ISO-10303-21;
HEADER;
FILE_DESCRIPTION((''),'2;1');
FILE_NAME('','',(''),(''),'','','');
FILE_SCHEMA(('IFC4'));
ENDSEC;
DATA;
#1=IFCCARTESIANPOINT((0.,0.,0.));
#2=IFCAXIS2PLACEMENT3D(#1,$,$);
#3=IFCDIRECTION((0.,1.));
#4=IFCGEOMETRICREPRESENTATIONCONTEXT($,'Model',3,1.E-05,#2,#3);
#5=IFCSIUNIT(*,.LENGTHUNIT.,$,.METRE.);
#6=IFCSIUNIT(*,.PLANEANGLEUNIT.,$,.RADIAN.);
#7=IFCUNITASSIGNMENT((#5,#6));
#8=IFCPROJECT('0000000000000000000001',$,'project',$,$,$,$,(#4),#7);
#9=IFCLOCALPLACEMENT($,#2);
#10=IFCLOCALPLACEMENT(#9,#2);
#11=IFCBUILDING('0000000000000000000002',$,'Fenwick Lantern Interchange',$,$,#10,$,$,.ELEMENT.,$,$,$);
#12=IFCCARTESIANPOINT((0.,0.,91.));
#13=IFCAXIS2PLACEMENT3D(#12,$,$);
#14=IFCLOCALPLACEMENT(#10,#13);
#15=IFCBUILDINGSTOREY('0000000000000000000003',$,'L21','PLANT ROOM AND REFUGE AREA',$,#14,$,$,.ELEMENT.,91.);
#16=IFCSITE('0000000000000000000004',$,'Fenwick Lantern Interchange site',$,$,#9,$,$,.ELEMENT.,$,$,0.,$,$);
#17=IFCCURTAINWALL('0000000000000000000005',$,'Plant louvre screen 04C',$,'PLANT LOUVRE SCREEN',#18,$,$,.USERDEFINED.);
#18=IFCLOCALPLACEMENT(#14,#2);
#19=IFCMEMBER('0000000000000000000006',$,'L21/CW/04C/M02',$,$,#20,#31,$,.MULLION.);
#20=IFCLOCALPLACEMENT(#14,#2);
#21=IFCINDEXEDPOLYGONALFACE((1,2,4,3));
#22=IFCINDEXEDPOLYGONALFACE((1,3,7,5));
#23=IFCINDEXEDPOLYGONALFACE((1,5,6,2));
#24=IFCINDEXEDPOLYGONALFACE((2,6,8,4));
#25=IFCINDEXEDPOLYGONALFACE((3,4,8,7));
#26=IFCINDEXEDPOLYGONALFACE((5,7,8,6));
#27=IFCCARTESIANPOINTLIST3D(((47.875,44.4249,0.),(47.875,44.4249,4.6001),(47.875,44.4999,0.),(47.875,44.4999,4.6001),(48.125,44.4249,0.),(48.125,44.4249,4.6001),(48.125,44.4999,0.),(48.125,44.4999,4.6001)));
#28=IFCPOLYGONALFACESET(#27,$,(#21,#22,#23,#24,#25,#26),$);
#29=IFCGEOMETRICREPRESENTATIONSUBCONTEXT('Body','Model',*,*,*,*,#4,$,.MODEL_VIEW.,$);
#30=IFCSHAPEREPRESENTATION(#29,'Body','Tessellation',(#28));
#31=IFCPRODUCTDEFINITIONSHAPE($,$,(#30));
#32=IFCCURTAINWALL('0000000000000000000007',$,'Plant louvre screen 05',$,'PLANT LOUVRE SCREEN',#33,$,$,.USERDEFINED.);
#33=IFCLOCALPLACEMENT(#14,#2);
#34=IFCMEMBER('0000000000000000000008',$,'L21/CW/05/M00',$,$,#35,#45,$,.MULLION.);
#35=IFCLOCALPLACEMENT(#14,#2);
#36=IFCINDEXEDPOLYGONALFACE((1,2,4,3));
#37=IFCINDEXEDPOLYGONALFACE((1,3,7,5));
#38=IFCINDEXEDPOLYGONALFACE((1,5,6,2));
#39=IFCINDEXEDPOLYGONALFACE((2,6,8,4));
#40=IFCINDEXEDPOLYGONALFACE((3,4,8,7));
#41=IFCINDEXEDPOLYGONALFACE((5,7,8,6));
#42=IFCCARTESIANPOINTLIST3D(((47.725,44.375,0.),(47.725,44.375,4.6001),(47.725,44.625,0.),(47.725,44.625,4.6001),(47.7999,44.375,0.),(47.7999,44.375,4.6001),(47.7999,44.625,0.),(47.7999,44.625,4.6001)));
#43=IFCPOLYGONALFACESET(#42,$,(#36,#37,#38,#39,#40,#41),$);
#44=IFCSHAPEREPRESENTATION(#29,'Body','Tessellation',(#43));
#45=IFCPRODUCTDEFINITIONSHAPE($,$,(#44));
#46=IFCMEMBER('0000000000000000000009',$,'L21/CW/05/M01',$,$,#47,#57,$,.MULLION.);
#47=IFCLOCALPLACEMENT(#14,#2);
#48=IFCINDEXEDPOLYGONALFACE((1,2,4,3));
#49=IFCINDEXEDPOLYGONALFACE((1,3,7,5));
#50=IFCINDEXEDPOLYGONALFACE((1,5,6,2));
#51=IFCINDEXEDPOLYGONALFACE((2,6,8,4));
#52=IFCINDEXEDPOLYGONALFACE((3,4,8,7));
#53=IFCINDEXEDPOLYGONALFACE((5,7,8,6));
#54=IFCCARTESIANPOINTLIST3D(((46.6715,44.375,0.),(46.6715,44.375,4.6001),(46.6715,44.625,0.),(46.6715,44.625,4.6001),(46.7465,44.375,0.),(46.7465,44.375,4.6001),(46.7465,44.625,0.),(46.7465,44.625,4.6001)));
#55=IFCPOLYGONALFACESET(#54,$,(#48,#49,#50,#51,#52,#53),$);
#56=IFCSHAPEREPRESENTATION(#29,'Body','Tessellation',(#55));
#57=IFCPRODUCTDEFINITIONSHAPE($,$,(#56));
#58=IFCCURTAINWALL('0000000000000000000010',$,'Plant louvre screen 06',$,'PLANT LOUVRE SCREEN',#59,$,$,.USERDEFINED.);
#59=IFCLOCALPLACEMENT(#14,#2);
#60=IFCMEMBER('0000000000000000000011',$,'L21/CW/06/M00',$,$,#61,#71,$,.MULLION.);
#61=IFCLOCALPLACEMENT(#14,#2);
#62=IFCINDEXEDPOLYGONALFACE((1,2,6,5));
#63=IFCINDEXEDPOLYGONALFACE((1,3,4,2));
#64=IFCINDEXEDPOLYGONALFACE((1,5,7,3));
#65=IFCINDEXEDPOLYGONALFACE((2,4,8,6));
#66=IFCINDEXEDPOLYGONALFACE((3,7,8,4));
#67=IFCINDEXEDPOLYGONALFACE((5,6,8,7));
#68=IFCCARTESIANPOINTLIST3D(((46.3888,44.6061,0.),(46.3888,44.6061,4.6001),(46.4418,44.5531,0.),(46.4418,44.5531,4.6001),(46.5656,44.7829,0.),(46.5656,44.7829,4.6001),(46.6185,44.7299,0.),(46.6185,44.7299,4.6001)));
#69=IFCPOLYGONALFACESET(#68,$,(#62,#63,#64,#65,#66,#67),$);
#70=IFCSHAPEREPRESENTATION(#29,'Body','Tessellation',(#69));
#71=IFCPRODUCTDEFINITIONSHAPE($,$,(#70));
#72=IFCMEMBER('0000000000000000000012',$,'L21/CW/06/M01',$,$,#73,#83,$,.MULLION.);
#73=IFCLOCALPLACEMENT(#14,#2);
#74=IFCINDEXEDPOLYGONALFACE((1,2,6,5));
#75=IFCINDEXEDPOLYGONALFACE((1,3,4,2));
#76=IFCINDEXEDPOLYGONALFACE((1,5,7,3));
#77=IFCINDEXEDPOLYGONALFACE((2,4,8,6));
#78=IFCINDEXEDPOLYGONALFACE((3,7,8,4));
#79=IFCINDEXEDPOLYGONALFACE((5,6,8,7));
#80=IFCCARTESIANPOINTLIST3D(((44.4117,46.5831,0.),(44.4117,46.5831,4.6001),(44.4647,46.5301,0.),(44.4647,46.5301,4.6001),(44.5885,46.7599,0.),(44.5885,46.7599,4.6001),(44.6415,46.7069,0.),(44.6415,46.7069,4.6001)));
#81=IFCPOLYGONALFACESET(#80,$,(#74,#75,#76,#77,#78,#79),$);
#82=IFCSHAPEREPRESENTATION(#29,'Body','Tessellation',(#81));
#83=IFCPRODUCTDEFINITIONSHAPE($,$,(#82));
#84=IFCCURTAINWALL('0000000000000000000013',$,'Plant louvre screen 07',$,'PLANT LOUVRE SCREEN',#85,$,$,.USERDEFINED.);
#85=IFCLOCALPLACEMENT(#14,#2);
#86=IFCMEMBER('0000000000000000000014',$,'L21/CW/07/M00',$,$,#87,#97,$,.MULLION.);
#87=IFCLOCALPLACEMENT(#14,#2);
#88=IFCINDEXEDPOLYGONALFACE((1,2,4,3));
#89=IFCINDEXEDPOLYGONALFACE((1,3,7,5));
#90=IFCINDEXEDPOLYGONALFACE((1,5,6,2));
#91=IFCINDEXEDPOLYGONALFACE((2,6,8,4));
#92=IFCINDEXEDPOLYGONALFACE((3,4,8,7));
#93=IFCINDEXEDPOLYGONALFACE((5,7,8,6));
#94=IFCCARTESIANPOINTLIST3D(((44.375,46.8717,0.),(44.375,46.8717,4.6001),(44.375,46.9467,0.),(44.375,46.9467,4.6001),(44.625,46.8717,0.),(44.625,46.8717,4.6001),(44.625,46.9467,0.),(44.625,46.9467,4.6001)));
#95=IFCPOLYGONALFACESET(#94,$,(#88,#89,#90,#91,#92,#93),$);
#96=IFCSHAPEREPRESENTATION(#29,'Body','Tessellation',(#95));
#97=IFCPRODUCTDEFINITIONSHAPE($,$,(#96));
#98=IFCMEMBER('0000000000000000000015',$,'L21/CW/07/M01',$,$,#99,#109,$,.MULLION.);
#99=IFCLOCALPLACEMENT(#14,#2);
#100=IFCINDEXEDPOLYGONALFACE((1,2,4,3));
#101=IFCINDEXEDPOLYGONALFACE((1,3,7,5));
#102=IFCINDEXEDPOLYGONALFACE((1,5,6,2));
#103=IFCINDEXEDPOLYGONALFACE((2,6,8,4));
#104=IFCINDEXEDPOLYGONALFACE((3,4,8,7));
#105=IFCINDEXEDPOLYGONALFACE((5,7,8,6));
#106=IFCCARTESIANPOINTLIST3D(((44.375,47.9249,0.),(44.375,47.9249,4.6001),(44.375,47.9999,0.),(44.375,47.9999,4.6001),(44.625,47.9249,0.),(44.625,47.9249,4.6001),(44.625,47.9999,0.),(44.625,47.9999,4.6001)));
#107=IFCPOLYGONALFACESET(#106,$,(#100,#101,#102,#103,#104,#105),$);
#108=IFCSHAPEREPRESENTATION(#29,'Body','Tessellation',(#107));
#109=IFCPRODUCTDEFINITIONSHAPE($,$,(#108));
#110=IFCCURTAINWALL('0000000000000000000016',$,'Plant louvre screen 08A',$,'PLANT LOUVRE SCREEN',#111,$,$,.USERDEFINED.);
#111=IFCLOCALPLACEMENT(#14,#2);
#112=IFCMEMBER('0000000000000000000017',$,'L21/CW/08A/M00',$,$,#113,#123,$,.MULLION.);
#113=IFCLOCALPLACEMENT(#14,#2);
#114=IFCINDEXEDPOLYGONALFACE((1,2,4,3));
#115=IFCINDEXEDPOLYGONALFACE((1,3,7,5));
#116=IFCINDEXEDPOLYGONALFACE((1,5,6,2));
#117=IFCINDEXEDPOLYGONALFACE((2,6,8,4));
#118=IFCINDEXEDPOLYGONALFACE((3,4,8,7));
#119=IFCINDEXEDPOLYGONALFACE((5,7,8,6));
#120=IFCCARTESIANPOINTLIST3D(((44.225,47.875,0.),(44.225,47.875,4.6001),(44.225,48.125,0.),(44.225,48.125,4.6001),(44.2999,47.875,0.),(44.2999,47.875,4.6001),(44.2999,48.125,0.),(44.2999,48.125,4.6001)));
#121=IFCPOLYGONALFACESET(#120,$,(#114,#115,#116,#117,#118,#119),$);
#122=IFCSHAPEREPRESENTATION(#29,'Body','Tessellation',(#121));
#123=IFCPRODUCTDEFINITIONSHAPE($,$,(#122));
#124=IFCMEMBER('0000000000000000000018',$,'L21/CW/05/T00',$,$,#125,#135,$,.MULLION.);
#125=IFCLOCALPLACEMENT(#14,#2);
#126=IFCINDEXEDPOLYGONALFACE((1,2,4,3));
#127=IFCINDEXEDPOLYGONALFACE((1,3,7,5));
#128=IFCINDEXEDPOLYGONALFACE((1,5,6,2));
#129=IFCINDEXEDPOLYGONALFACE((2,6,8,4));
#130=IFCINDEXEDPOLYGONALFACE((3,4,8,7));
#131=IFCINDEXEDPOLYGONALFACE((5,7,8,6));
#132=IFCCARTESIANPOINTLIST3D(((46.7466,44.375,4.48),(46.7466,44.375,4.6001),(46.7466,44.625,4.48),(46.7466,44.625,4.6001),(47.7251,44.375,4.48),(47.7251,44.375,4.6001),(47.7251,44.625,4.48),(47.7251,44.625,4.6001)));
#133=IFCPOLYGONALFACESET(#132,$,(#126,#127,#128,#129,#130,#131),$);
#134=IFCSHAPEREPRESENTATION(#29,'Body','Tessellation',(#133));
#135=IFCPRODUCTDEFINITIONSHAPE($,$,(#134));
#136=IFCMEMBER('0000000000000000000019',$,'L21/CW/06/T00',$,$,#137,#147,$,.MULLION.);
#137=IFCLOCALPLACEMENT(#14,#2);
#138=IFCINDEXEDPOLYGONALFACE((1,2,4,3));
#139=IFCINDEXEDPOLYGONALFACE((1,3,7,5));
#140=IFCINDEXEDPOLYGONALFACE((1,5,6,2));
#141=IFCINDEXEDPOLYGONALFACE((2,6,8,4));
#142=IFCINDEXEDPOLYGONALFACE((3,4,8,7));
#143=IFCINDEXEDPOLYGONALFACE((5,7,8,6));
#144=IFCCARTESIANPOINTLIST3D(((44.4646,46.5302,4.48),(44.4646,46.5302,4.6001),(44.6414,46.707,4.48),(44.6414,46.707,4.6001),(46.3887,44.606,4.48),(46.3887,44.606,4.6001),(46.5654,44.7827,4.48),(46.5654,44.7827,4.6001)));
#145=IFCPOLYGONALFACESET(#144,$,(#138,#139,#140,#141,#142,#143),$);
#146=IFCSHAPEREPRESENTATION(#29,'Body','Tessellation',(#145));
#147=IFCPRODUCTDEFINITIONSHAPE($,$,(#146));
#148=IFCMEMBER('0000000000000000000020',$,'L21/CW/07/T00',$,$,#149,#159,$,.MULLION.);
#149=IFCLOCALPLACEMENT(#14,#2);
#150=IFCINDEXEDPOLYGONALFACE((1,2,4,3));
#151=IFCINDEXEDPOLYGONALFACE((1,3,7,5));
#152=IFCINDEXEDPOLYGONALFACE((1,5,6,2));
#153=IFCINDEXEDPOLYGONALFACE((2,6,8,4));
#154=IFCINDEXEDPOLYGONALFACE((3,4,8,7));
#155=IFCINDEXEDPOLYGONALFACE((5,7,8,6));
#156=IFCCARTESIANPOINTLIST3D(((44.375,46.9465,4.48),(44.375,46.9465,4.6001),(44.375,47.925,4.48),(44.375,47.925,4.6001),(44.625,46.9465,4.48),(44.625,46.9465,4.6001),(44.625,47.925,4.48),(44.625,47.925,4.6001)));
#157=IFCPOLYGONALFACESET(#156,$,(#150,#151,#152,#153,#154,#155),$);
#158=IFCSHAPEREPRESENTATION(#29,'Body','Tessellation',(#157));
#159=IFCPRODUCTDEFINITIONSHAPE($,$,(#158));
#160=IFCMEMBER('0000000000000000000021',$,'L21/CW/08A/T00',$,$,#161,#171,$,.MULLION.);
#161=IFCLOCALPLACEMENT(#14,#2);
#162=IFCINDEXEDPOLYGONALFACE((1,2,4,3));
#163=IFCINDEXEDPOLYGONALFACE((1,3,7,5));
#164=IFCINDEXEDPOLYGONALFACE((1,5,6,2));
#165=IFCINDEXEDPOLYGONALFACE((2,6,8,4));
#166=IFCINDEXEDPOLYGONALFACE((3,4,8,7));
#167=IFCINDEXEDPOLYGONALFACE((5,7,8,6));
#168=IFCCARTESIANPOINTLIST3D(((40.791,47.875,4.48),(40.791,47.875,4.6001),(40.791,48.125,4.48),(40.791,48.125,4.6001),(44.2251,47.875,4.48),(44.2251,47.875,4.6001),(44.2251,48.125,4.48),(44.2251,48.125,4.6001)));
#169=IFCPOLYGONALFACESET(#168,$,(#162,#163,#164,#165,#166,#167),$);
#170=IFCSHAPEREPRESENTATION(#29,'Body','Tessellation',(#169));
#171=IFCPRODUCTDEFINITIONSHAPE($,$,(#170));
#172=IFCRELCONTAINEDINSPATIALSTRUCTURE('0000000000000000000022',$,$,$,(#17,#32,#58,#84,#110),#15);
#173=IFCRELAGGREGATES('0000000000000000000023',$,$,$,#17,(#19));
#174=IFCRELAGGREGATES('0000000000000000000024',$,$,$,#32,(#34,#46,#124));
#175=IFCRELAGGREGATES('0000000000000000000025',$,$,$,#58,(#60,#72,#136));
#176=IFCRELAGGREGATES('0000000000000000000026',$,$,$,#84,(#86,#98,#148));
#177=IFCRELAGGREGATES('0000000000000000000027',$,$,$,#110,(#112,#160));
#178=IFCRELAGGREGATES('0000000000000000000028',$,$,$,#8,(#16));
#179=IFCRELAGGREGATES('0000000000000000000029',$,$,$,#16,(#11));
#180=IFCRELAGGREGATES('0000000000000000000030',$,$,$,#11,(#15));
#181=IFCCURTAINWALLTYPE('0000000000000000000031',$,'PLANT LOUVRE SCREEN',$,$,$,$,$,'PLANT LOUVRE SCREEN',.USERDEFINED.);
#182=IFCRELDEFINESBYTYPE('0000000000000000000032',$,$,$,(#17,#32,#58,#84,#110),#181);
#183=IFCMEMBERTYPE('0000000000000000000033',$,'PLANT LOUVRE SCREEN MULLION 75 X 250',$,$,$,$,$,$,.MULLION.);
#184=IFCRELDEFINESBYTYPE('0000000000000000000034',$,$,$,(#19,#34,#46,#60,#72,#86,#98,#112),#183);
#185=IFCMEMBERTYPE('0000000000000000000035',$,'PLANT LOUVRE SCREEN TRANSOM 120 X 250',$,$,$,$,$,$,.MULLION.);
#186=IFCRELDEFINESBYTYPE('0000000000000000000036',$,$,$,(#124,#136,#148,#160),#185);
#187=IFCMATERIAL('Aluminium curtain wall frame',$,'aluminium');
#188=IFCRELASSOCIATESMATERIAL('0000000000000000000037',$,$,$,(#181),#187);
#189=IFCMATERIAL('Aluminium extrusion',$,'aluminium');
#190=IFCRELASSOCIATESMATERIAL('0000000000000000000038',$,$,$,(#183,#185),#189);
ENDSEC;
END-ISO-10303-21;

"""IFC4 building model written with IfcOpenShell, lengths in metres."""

from ifc_helpers import new_model, si_unit, direction, frame, origin, origin_2d, place, context, subcontext, project, spatial, rectangle, extrude, material, material_profile, profile_set, type_object, element, aggregate, save


model = new_model("IFC4")

# Units and contexts
model_context = context("Model", 3, precision=1e-05, world=origin(), true_north=direction((0.0, 1.0)))
body_context = subcontext(model_context, "Body", "Model", "MODEL_VIEW")
ifc_project = project(units=[si_unit("LENGTHUNIT", "METRE"), si_unit("PLANEANGLEUNIT", "RADIAN")], contexts=[model_context])

# Site, building, storey
site_placement = place(None, origin())
site = spatial("IfcSite", under=ifc_project, at=site_placement, Name="Fenwick Lantern Interchange site", CompositionType="ELEMENT", RefElevation=0.0)
building_placement = place(site_placement, origin())
building = spatial("IfcBuilding", under=site, at=building_placement, Name="Fenwick Lantern Interchange", CompositionType="ELEMENT")
storey_placement = place(building_placement, frame((0.0, 0.0, 91.0)))
storey = spatial("IfcBuildingStorey", under=building, at=storey_placement, Name="L21", Description="PLANT ROOM AND REFUGE AREA", CompositionType="ELEMENT", Elevation=91.0)

# Curtain wall, member
ifc_material_1 = material(Name="Aluminium curtain wall frame", Category="aluminium")
curtain_wall_type = type_object("IfcCurtainWallType", Name="PLANT LOUVRE SCREEN", ElementType="PLANT LOUVRE SCREEN", PredefinedType="USERDEFINED", material=ifc_material_1)
curtain_wall_1_placement = place(storey_placement, origin())
curtain_wall_1 = element("IfcCurtainWall", 1, at=curtain_wall_1_placement, inside=storey, type_object=curtain_wall_type, Name="Plant louvre screen 04C", ObjectType="PLANT LOUVRE SCREEN", PredefinedType="USERDEFINED")
ifc_material_2 = material(Name="Aluminium extrusion", Category="aluminium")
ifc_material_profile_1 = material_profile(ifc_material_2, rectangle(XDim=0.25, YDim=0.075, at=origin_2d()), Name="PLANT LOUVRE SCREEN MULLION 75 X 250")
ifc_profile_set_1 = profile_set([ifc_material_profile_1], Name="Aluminium extrusion")
member_type_1 = type_object("IfcMemberType", Name="PLANT LOUVRE SCREEN MULLION 75 X 250", PredefinedType="MULLION", material=ifc_profile_set_1)
member_1_placement = place(storey_placement, frame((48.0, 44.4624, 0.0), z_axis=(0.0, 0.0, 1.0), x_axis=(-1.0, 0.0, 0.0)))
member_1 = element("IfcMember", 2, at=member_1_placement, type_object=member_type_1, Name="L21/CW/04C/M02", PredefinedType="MULLION", context=body_context, shape_type="SweptSolid", body=[
    extrude(rectangle(XDim=0.25, YDim=0.075, at=origin_2d()), origin(), (0.0, 0.0, 1.0), 4.6001),
])

# Curtain walls, members
curtain_wall_2_placement = place(storey_placement, origin())
curtain_wall_2 = element("IfcCurtainWall", 3, at=curtain_wall_2_placement, inside=storey, type_object=curtain_wall_type, Name="Plant louvre screen 05", ObjectType="PLANT LOUVRE SCREEN", PredefinedType="USERDEFINED")
member_2_placement = place(storey_placement, frame((47.7625, 44.5, 0.0), z_axis=(0.0, 0.0, 1.0), x_axis=(0.0, -1.0, 0.0)))
member_2 = element("IfcMember", 4, at=member_2_placement, type_object=member_type_1, Name="L21/CW/05/M00", PredefinedType="MULLION", context=body_context, shape_type="SweptSolid", body=[
    extrude(rectangle(XDim=0.25, YDim=0.075, at=origin_2d()), origin(), (0.0, 0.0, 1.0), 4.6001),
])
member_3_placement = place(storey_placement, frame((46.709, 44.5, 0.0), z_axis=(0.0, 0.0, 1.0), x_axis=(0.0, -1.0, 0.0)))
member_3 = element("IfcMember", 5, at=member_3_placement, type_object=member_type_1, Name="L21/CW/05/M01", PredefinedType="MULLION", context=body_context, shape_type="SweptSolid", body=[
    extrude(rectangle(XDim=0.25, YDim=0.075, at=origin_2d()), origin(), (0.0, 0.0, 1.0), 4.6001),
])
curtain_wall_3_placement = place(storey_placement, origin())
curtain_wall_3 = element("IfcCurtainWall", 6, at=curtain_wall_3_placement, inside=storey, type_object=curtain_wall_type, Name="Plant louvre screen 06", ObjectType="PLANT LOUVRE SCREEN", PredefinedType="USERDEFINED")
member_4_placement = place(storey_placement, frame((46.5037, 44.668, 0.0), z_axis=(0.0, 0.0, 1.0), x_axis=(-0.707107, -0.707107, 0.0)))
member_4 = element("IfcMember", 7, at=member_4_placement, type_object=member_type_1, Name="L21/CW/06/M00", PredefinedType="MULLION", context=body_context, shape_type="SweptSolid", body=[
    extrude(rectangle(XDim=0.25, YDim=0.075, at=origin_2d()), origin(), (0.0, 0.0, 1.0), 4.6001),
])
member_5_placement = place(storey_placement, frame((44.5266, 46.645, 0.0), z_axis=(0.0, 0.0, 1.0), x_axis=(-0.707107, -0.707107, 0.0)))
member_5 = element("IfcMember", 8, at=member_5_placement, type_object=member_type_1, Name="L21/CW/06/M01", PredefinedType="MULLION", context=body_context, shape_type="SweptSolid", body=[
    extrude(rectangle(XDim=0.25, YDim=0.075, at=origin_2d()), origin(), (0.0, 0.0, 1.0), 4.6001),
])
curtain_wall_4_placement = place(storey_placement, origin())
curtain_wall_4 = element("IfcCurtainWall", 9, at=curtain_wall_4_placement, inside=storey, type_object=curtain_wall_type, Name="Plant louvre screen 07", ObjectType="PLANT LOUVRE SCREEN", PredefinedType="USERDEFINED")
member_6_placement = place(storey_placement, frame((44.5, 46.9092, 0.0), z_axis=(0.0, 0.0, 1.0), x_axis=(-1.0, 0.0, 0.0)))
member_6 = element("IfcMember", 10, at=member_6_placement, type_object=member_type_1, Name="L21/CW/07/M00", PredefinedType="MULLION", context=body_context, shape_type="SweptSolid", body=[
    extrude(rectangle(XDim=0.25, YDim=0.075, at=origin_2d()), origin(), (0.0, 0.0, 1.0), 4.6001),
])
member_7_placement = place(storey_placement, frame((44.5, 47.9624, 0.0), z_axis=(0.0, 0.0, 1.0), x_axis=(-1.0, 0.0, 0.0)))
member_7 = element("IfcMember", 11, at=member_7_placement, type_object=member_type_1, Name="L21/CW/07/M01", PredefinedType="MULLION", context=body_context, shape_type="SweptSolid", body=[
    extrude(rectangle(XDim=0.25, YDim=0.075, at=origin_2d()), origin(), (0.0, 0.0, 1.0), 4.6001),
])

# Curtain wall, member
curtain_wall_5_placement = place(storey_placement, origin())
curtain_wall_5 = element("IfcCurtainWall", 12, at=curtain_wall_5_placement, inside=storey, type_object=curtain_wall_type, Name="Plant louvre screen 08A", ObjectType="PLANT LOUVRE SCREEN", PredefinedType="USERDEFINED")
member_8_placement = place(storey_placement, frame((44.2625, 48.0, 0.0), z_axis=(0.0, 0.0, 1.0), x_axis=(0.0, -1.0, 0.0)))
member_8 = element("IfcMember", 13, at=member_8_placement, type_object=member_type_1, Name="L21/CW/08A/M00", PredefinedType="MULLION", context=body_context, shape_type="SweptSolid", body=[
    extrude(rectangle(XDim=0.25, YDim=0.075, at=origin_2d()), origin(), (0.0, 0.0, 1.0), 4.6001),
])

# Members
ifc_material_profile_2 = material_profile(ifc_material_2, rectangle(XDim=0.25, YDim=0.1201, at=origin_2d()), Name="PLANT LOUVRE SCREEN TRANSOM 120 X 250")
ifc_profile_set_2 = profile_set([ifc_material_profile_2], Name="Aluminium extrusion")
member_type_2 = type_object("IfcMemberType", Name="PLANT LOUVRE SCREEN TRANSOM 120 X 250", PredefinedType="MULLION", material=ifc_profile_set_2)
member_9_placement = place(storey_placement, frame((47.7251, 44.5, 4.54), z_axis=(-1.0, 0.0, 0.0), x_axis=(0.0, -1.0, 0.0)))
member_9 = element("IfcMember", 14, at=member_9_placement, type_object=member_type_2, Name="L21/CW/05/T00", PredefinedType="MULLION", context=body_context, shape_type="SweptSolid", body=[
    extrude(rectangle(XDim=0.25, YDim=0.1201, at=origin_2d()), origin(), (0.0, 0.0, 1.0), 0.9785),
])
member_10_placement = place(storey_placement, frame((46.4771, 44.6943, 4.54), z_axis=(-0.707062, 0.707152, 0.0), x_axis=(-0.707152, -0.707062, 0.0)))
member_10 = element("IfcMember", 15, at=member_10_placement, type_object=member_type_2, Name="L21/CW/06/T00", PredefinedType="MULLION", context=body_context, shape_type="SweptSolid", body=[
    extrude(rectangle(XDim=0.25, YDim=0.1201, at=origin_2d()), origin(), (0.0, 0.0, 1.0), 2.7212),
])
member_11_placement = place(storey_placement, frame((44.5, 46.9465, 4.54), z_axis=(0.0, 1.0, 0.0), x_axis=(-1.0, 0.0, 0.0)))
member_11 = element("IfcMember", 16, at=member_11_placement, type_object=member_type_2, Name="L21/CW/07/T00", PredefinedType="MULLION", context=body_context, shape_type="SweptSolid", body=[
    extrude(rectangle(XDim=0.25, YDim=0.1201, at=origin_2d()), origin(), (0.0, 0.0, 1.0), 0.9785),
])
member_12_placement = place(storey_placement, frame((44.2251, 48.0, 4.54), z_axis=(-1.0, 0.0, 0.0), x_axis=(0.0, -1.0, 0.0)))
member_12 = element("IfcMember", 17, at=member_12_placement, type_object=member_type_2, Name="L21/CW/08A/T00", PredefinedType="MULLION", context=body_context, shape_type="SweptSolid", body=[
    extrude(rectangle(XDim=0.25, YDim=0.1201, at=origin_2d()), origin(), (0.0, 0.0, 1.0), 3.4341),
])

aggregate(curtain_wall_1, [member_1])
aggregate(curtain_wall_2, [member_2, member_3, member_9])
aggregate(curtain_wall_3, [member_4, member_5, member_10])
aggregate(curtain_wall_4, [member_6, member_7, member_11])
aggregate(curtain_wall_5, [member_8, member_12])

save(model, "model.ifc")
